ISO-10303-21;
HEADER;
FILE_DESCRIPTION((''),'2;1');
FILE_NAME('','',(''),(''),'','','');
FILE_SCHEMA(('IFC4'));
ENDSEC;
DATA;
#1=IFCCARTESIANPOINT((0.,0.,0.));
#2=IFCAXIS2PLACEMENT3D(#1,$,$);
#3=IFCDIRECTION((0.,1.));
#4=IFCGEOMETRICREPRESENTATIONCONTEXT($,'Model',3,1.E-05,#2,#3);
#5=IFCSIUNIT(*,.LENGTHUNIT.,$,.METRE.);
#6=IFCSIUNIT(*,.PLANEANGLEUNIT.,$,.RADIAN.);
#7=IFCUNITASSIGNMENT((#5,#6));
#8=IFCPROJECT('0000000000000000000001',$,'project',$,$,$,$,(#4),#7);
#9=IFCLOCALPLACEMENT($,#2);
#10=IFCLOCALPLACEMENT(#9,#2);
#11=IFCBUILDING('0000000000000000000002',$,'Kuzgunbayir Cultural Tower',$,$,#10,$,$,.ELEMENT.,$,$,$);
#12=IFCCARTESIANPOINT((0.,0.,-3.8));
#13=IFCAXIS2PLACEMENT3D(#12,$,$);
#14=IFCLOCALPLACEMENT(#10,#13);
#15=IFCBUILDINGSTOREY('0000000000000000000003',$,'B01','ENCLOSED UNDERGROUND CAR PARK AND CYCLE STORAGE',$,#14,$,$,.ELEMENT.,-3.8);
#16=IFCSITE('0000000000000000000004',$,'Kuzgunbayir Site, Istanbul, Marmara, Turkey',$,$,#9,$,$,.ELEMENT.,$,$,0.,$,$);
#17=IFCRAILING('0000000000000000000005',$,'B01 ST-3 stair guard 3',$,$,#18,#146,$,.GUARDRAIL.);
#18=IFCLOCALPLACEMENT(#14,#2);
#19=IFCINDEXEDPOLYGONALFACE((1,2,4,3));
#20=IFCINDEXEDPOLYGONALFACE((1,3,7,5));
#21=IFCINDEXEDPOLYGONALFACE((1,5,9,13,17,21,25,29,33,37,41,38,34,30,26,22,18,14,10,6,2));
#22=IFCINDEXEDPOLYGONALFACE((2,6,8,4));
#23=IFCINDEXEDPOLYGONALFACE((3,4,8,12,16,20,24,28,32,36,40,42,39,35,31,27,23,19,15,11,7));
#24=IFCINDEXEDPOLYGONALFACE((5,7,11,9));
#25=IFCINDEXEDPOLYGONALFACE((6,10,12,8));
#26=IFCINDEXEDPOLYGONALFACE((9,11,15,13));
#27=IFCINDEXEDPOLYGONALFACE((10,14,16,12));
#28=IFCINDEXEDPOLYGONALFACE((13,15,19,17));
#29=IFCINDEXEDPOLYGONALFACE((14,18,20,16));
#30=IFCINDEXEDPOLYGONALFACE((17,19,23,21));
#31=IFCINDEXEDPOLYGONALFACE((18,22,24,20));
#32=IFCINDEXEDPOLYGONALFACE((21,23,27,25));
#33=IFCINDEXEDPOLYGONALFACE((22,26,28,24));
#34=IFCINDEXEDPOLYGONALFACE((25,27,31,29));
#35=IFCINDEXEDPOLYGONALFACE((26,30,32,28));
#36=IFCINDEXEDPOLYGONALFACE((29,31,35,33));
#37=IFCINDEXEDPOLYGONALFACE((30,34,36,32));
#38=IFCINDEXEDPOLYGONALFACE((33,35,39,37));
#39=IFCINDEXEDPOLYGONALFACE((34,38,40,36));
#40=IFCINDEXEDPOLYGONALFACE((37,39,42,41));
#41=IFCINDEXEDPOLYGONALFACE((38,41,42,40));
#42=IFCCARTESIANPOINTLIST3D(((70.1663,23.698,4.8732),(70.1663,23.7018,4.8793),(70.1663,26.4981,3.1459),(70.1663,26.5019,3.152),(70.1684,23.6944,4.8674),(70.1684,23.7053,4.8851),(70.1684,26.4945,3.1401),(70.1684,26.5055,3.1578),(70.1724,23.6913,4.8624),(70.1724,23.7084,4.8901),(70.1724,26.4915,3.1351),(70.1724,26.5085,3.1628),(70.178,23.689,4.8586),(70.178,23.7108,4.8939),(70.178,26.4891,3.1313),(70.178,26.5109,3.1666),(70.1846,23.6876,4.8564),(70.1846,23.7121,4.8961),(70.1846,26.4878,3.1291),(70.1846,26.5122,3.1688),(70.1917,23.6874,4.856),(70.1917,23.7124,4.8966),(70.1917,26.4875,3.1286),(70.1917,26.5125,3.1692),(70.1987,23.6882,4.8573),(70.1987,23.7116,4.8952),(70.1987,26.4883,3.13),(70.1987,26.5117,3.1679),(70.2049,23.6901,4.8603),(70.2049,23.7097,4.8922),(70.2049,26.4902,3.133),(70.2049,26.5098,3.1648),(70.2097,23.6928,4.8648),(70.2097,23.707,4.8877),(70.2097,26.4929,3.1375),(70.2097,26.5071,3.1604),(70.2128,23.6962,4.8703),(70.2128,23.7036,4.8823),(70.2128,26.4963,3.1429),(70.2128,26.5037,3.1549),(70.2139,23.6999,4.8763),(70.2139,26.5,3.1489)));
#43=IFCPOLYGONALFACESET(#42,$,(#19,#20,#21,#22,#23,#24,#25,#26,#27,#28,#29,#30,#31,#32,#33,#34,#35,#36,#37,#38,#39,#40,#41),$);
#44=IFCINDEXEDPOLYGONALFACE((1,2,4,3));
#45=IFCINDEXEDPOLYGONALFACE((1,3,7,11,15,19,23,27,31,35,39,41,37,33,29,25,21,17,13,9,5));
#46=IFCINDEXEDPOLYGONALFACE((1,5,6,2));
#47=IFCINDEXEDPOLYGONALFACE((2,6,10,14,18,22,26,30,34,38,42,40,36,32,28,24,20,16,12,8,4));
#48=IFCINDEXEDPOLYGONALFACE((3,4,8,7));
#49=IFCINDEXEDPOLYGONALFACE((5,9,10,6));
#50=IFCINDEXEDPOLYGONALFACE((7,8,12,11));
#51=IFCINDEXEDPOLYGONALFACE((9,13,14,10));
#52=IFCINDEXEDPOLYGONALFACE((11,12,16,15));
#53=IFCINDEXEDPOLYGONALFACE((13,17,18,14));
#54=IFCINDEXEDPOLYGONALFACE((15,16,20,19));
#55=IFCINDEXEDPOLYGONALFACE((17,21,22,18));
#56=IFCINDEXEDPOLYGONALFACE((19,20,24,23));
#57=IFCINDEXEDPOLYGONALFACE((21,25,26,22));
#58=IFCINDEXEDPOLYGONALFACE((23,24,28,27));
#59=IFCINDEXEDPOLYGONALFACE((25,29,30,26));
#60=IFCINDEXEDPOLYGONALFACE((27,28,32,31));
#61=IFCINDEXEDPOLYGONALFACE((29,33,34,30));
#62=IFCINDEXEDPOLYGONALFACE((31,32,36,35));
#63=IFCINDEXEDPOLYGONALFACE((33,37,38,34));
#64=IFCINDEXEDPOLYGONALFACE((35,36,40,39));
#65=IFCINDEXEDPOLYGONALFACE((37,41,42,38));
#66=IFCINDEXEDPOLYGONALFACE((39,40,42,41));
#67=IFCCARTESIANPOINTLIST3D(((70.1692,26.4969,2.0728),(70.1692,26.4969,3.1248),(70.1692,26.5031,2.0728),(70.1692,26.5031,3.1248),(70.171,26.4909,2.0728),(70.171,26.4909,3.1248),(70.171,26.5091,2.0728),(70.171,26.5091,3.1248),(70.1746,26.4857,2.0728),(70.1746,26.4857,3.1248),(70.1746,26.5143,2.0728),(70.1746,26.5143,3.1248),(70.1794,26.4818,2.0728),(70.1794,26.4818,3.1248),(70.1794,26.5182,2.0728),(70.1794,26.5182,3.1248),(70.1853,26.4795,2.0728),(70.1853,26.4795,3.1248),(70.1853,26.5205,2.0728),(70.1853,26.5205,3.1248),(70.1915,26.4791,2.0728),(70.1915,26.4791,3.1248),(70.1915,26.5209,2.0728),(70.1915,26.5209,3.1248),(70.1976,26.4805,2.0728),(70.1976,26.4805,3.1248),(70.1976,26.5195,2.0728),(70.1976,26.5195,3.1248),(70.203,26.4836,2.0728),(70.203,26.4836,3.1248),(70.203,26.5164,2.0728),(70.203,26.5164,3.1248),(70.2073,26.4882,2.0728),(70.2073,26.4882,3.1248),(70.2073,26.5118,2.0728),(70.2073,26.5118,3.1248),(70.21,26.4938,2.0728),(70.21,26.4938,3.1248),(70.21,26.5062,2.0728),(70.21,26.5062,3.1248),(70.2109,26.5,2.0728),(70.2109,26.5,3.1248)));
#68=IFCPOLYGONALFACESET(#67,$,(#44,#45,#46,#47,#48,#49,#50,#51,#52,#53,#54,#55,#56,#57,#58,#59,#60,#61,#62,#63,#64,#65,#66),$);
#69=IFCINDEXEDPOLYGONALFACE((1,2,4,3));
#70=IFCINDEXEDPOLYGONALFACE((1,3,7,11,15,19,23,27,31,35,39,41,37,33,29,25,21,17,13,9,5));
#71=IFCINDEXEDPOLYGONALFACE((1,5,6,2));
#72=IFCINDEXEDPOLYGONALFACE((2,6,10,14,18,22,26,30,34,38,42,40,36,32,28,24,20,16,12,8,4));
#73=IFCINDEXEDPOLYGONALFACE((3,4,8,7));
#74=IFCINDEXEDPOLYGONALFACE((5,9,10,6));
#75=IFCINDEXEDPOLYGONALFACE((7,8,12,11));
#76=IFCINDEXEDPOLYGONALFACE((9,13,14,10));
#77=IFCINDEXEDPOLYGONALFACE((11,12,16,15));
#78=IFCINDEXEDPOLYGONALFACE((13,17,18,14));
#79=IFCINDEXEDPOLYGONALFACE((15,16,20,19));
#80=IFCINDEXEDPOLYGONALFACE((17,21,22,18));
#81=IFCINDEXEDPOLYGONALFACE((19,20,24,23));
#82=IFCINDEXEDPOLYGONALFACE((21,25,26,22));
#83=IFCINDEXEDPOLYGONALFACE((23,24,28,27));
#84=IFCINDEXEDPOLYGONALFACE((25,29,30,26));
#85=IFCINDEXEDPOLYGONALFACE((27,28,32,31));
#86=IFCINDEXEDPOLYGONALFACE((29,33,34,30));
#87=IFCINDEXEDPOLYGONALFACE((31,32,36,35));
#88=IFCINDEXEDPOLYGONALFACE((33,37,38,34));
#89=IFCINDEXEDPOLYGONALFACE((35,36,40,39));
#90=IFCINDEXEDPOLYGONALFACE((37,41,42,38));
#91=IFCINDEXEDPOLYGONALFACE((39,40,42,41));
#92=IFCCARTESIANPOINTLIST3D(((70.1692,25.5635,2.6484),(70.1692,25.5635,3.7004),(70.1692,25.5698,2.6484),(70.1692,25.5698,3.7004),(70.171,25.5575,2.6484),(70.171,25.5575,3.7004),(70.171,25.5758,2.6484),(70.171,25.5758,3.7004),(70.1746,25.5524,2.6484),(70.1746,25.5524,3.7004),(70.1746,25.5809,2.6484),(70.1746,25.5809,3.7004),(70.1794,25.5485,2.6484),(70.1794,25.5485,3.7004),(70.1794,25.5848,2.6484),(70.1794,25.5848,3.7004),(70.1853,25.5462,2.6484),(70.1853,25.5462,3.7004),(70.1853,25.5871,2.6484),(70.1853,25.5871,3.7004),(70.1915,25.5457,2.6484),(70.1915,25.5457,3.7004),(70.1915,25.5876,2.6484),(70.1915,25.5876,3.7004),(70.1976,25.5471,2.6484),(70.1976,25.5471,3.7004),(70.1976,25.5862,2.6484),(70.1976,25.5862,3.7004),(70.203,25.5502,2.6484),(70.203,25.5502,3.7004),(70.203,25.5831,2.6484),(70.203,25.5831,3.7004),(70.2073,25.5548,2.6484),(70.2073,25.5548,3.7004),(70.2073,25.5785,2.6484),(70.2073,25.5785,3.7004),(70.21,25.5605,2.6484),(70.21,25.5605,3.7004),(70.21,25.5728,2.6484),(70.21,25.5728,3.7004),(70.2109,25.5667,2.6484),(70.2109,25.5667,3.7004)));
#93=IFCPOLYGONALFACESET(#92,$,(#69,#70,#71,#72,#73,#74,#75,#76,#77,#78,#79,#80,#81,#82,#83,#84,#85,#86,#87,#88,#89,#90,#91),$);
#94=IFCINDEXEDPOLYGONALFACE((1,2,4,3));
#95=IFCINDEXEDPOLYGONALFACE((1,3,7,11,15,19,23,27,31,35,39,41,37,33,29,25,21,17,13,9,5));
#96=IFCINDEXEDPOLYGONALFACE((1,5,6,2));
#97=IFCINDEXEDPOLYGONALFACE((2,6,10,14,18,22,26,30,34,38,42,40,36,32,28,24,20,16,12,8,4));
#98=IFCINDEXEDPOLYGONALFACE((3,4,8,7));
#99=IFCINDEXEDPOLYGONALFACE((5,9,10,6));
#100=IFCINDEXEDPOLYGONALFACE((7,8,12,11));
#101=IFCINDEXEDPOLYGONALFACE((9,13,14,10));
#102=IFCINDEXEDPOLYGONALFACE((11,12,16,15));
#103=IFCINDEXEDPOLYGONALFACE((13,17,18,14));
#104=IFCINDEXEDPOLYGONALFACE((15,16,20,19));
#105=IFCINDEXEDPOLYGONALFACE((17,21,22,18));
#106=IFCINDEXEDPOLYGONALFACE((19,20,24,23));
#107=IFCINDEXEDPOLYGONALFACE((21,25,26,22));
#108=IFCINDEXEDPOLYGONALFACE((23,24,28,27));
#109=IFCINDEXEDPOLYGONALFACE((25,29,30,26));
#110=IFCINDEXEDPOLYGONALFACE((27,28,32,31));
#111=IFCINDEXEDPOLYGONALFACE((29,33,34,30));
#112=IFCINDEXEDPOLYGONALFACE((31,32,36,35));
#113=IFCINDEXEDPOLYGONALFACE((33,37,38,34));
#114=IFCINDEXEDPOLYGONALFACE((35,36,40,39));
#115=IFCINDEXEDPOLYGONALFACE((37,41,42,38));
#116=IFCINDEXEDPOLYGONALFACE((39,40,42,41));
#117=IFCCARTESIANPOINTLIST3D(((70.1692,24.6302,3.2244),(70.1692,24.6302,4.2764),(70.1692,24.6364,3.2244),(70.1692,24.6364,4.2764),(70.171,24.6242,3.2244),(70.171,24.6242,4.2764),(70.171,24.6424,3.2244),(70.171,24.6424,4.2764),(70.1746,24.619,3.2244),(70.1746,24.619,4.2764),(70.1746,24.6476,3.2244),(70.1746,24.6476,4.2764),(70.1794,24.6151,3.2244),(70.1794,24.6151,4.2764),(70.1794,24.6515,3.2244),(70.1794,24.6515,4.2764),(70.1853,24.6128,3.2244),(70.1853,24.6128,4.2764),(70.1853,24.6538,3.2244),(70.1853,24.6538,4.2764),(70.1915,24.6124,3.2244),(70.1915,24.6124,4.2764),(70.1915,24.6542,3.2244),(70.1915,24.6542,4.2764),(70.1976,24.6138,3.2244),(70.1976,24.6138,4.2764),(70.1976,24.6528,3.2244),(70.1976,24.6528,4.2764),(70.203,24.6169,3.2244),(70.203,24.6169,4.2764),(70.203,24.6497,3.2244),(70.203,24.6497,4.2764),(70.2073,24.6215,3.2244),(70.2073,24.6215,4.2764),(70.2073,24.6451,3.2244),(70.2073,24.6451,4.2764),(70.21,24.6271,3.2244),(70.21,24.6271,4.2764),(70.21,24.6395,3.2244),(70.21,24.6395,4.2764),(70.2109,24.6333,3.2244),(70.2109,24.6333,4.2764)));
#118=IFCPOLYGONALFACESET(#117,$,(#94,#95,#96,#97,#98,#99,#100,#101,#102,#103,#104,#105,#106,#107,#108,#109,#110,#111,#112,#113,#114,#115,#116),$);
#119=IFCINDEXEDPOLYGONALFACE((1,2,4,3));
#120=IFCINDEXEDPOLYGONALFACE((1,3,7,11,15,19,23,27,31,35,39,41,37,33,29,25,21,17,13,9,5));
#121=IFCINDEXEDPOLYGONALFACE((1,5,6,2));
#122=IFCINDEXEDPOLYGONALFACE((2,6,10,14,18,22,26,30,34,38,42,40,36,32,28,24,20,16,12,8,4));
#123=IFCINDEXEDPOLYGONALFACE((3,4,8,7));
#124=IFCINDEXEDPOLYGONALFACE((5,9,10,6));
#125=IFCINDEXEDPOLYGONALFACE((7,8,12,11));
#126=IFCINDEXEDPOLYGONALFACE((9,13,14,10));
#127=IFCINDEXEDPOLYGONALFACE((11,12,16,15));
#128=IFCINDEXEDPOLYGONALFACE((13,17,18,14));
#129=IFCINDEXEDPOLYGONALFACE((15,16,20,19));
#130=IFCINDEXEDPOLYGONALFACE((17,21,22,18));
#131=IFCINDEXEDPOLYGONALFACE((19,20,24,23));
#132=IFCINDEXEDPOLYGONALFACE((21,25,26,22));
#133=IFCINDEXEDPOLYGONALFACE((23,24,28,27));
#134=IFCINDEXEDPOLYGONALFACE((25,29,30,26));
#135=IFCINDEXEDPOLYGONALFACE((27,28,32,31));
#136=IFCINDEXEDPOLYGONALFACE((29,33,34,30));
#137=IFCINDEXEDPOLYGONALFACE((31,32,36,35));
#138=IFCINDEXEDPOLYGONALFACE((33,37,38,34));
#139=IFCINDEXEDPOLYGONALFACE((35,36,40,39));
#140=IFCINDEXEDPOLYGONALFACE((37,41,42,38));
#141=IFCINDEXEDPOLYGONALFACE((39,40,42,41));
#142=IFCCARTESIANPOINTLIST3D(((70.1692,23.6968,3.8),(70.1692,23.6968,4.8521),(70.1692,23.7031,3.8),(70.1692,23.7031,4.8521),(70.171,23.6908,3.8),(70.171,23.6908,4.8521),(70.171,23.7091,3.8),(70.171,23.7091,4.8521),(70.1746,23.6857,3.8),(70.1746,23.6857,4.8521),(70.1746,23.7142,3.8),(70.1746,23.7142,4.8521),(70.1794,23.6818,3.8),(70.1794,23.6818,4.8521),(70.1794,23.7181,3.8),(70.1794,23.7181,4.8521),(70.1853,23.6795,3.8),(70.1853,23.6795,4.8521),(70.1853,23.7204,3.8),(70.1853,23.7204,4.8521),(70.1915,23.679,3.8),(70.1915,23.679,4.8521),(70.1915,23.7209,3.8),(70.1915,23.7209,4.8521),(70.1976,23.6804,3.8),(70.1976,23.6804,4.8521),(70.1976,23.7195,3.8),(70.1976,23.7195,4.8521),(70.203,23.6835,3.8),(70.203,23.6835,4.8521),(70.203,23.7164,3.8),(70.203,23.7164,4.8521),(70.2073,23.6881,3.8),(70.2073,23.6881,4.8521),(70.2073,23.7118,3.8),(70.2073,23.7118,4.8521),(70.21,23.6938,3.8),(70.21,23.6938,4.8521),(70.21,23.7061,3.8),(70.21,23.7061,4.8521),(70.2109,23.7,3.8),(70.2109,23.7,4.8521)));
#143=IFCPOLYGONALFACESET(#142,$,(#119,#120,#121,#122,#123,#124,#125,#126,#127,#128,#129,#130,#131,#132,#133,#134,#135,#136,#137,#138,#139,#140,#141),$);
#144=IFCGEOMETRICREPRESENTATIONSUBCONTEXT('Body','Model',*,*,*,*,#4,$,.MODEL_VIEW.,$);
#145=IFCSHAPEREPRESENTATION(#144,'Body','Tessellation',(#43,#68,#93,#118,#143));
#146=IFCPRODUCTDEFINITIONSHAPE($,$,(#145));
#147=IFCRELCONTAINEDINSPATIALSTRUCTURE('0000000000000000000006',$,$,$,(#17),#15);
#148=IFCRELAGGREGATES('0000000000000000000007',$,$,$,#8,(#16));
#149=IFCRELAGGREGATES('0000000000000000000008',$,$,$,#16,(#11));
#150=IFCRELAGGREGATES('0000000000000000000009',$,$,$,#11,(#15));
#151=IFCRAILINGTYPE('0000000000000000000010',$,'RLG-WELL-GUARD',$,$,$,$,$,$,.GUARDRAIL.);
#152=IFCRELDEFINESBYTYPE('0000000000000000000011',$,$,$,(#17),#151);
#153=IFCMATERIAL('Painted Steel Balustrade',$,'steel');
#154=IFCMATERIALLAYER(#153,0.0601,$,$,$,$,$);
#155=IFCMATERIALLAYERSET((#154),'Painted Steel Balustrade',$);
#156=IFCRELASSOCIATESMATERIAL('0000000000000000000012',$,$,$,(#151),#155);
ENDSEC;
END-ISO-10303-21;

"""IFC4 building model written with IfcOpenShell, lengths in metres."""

from ifc_helpers import new_model, si_unit, direction, frame, origin, origin_2d, place, context, subcontext, project, spatial, circle, extrude, material, layer, layer_set, type_object, element, save


model = new_model("IFC4")

# Units and contexts
model_context = context("Model", 3, precision=1e-05, world=origin(), true_north=direction((0.0, 1.0)))
body_context = subcontext(model_context, "Body", "Model", "MODEL_VIEW")
ifc_project = project(units=[si_unit("LENGTHUNIT", "METRE"), si_unit("PLANEANGLEUNIT", "RADIAN")], contexts=[model_context])

# Site, building, storey
site_placement = place(None, origin())
site = spatial("IfcSite", under=ifc_project, at=site_placement, Name="Kuzgunbayir Site, Istanbul, Marmara, Turkey", CompositionType="ELEMENT", RefElevation=0.0)
building_placement = place(site_placement, origin())
building = spatial("IfcBuilding", under=site, at=building_placement, Name="Kuzgunbayir Cultural Tower", CompositionType="ELEMENT")
storey_placement = place(building_placement, frame((0.0, 0.0, -3.8)))
storey = spatial("IfcBuildingStorey", under=building, at=storey_placement, Name="B01", Description="ENCLOSED UNDERGROUND CAR PARK AND CYCLE STORAGE", CompositionType="ELEMENT", Elevation=-3.8)

# Railing
ifc_material_1 = material(Name="Painted Steel Balustrade", Category="steel")
ifc_layer_1 = layer(ifc_material_1, 0.0601)
ifc_layer_set_1 = layer_set([ifc_layer_1], Name="Painted Steel Balustrade")
railing_type_1 = type_object("IfcRailingType", Name="RLG-WELL-GUARD", PredefinedType="GUARDRAIL", material=ifc_layer_set_1)
railing_1_placement = place(storey_placement, frame((70.1899, 26.5, 2.0728)))
element("IfcRailing", 1, at=railing_1_placement, inside=storey, type_object=railing_type_1, Name="B01 ST-3 stair guard 3", PredefinedType="GUARDRAIL", context=body_context, shape_type="SweptSolid", body=[
    extrude(circle(Radius=0.0239, at=origin_2d()), frame((0.0, 0.0, 1.0762), z_axis=(0.0, -0.85109, 0.52502), x_axis=(1.0, 0.0, 0.0)), (0.0, 0.0, 1.0), 3.29),
    extrude(circle(Radius=0.021, at=origin_2d()), origin(), (0.0, 0.0, 1.0), 1.052),
    extrude(circle(Radius=0.021, at=origin_2d()), frame((0.0, -0.9333, 0.5757)), (0.0, 0.0, 1.0), 1.052),
    extrude(circle(Radius=0.021, at=origin_2d()), frame((0.0, -1.8667, 1.1516)), (0.0, 0.0, 1.0), 1.052),
    extrude(circle(Radius=0.021, at=origin_2d()), frame((0.0, -2.8, 1.7273)), (0.0, 0.0, 1.0), 1.052),
])

save(model, "model.ifc")
